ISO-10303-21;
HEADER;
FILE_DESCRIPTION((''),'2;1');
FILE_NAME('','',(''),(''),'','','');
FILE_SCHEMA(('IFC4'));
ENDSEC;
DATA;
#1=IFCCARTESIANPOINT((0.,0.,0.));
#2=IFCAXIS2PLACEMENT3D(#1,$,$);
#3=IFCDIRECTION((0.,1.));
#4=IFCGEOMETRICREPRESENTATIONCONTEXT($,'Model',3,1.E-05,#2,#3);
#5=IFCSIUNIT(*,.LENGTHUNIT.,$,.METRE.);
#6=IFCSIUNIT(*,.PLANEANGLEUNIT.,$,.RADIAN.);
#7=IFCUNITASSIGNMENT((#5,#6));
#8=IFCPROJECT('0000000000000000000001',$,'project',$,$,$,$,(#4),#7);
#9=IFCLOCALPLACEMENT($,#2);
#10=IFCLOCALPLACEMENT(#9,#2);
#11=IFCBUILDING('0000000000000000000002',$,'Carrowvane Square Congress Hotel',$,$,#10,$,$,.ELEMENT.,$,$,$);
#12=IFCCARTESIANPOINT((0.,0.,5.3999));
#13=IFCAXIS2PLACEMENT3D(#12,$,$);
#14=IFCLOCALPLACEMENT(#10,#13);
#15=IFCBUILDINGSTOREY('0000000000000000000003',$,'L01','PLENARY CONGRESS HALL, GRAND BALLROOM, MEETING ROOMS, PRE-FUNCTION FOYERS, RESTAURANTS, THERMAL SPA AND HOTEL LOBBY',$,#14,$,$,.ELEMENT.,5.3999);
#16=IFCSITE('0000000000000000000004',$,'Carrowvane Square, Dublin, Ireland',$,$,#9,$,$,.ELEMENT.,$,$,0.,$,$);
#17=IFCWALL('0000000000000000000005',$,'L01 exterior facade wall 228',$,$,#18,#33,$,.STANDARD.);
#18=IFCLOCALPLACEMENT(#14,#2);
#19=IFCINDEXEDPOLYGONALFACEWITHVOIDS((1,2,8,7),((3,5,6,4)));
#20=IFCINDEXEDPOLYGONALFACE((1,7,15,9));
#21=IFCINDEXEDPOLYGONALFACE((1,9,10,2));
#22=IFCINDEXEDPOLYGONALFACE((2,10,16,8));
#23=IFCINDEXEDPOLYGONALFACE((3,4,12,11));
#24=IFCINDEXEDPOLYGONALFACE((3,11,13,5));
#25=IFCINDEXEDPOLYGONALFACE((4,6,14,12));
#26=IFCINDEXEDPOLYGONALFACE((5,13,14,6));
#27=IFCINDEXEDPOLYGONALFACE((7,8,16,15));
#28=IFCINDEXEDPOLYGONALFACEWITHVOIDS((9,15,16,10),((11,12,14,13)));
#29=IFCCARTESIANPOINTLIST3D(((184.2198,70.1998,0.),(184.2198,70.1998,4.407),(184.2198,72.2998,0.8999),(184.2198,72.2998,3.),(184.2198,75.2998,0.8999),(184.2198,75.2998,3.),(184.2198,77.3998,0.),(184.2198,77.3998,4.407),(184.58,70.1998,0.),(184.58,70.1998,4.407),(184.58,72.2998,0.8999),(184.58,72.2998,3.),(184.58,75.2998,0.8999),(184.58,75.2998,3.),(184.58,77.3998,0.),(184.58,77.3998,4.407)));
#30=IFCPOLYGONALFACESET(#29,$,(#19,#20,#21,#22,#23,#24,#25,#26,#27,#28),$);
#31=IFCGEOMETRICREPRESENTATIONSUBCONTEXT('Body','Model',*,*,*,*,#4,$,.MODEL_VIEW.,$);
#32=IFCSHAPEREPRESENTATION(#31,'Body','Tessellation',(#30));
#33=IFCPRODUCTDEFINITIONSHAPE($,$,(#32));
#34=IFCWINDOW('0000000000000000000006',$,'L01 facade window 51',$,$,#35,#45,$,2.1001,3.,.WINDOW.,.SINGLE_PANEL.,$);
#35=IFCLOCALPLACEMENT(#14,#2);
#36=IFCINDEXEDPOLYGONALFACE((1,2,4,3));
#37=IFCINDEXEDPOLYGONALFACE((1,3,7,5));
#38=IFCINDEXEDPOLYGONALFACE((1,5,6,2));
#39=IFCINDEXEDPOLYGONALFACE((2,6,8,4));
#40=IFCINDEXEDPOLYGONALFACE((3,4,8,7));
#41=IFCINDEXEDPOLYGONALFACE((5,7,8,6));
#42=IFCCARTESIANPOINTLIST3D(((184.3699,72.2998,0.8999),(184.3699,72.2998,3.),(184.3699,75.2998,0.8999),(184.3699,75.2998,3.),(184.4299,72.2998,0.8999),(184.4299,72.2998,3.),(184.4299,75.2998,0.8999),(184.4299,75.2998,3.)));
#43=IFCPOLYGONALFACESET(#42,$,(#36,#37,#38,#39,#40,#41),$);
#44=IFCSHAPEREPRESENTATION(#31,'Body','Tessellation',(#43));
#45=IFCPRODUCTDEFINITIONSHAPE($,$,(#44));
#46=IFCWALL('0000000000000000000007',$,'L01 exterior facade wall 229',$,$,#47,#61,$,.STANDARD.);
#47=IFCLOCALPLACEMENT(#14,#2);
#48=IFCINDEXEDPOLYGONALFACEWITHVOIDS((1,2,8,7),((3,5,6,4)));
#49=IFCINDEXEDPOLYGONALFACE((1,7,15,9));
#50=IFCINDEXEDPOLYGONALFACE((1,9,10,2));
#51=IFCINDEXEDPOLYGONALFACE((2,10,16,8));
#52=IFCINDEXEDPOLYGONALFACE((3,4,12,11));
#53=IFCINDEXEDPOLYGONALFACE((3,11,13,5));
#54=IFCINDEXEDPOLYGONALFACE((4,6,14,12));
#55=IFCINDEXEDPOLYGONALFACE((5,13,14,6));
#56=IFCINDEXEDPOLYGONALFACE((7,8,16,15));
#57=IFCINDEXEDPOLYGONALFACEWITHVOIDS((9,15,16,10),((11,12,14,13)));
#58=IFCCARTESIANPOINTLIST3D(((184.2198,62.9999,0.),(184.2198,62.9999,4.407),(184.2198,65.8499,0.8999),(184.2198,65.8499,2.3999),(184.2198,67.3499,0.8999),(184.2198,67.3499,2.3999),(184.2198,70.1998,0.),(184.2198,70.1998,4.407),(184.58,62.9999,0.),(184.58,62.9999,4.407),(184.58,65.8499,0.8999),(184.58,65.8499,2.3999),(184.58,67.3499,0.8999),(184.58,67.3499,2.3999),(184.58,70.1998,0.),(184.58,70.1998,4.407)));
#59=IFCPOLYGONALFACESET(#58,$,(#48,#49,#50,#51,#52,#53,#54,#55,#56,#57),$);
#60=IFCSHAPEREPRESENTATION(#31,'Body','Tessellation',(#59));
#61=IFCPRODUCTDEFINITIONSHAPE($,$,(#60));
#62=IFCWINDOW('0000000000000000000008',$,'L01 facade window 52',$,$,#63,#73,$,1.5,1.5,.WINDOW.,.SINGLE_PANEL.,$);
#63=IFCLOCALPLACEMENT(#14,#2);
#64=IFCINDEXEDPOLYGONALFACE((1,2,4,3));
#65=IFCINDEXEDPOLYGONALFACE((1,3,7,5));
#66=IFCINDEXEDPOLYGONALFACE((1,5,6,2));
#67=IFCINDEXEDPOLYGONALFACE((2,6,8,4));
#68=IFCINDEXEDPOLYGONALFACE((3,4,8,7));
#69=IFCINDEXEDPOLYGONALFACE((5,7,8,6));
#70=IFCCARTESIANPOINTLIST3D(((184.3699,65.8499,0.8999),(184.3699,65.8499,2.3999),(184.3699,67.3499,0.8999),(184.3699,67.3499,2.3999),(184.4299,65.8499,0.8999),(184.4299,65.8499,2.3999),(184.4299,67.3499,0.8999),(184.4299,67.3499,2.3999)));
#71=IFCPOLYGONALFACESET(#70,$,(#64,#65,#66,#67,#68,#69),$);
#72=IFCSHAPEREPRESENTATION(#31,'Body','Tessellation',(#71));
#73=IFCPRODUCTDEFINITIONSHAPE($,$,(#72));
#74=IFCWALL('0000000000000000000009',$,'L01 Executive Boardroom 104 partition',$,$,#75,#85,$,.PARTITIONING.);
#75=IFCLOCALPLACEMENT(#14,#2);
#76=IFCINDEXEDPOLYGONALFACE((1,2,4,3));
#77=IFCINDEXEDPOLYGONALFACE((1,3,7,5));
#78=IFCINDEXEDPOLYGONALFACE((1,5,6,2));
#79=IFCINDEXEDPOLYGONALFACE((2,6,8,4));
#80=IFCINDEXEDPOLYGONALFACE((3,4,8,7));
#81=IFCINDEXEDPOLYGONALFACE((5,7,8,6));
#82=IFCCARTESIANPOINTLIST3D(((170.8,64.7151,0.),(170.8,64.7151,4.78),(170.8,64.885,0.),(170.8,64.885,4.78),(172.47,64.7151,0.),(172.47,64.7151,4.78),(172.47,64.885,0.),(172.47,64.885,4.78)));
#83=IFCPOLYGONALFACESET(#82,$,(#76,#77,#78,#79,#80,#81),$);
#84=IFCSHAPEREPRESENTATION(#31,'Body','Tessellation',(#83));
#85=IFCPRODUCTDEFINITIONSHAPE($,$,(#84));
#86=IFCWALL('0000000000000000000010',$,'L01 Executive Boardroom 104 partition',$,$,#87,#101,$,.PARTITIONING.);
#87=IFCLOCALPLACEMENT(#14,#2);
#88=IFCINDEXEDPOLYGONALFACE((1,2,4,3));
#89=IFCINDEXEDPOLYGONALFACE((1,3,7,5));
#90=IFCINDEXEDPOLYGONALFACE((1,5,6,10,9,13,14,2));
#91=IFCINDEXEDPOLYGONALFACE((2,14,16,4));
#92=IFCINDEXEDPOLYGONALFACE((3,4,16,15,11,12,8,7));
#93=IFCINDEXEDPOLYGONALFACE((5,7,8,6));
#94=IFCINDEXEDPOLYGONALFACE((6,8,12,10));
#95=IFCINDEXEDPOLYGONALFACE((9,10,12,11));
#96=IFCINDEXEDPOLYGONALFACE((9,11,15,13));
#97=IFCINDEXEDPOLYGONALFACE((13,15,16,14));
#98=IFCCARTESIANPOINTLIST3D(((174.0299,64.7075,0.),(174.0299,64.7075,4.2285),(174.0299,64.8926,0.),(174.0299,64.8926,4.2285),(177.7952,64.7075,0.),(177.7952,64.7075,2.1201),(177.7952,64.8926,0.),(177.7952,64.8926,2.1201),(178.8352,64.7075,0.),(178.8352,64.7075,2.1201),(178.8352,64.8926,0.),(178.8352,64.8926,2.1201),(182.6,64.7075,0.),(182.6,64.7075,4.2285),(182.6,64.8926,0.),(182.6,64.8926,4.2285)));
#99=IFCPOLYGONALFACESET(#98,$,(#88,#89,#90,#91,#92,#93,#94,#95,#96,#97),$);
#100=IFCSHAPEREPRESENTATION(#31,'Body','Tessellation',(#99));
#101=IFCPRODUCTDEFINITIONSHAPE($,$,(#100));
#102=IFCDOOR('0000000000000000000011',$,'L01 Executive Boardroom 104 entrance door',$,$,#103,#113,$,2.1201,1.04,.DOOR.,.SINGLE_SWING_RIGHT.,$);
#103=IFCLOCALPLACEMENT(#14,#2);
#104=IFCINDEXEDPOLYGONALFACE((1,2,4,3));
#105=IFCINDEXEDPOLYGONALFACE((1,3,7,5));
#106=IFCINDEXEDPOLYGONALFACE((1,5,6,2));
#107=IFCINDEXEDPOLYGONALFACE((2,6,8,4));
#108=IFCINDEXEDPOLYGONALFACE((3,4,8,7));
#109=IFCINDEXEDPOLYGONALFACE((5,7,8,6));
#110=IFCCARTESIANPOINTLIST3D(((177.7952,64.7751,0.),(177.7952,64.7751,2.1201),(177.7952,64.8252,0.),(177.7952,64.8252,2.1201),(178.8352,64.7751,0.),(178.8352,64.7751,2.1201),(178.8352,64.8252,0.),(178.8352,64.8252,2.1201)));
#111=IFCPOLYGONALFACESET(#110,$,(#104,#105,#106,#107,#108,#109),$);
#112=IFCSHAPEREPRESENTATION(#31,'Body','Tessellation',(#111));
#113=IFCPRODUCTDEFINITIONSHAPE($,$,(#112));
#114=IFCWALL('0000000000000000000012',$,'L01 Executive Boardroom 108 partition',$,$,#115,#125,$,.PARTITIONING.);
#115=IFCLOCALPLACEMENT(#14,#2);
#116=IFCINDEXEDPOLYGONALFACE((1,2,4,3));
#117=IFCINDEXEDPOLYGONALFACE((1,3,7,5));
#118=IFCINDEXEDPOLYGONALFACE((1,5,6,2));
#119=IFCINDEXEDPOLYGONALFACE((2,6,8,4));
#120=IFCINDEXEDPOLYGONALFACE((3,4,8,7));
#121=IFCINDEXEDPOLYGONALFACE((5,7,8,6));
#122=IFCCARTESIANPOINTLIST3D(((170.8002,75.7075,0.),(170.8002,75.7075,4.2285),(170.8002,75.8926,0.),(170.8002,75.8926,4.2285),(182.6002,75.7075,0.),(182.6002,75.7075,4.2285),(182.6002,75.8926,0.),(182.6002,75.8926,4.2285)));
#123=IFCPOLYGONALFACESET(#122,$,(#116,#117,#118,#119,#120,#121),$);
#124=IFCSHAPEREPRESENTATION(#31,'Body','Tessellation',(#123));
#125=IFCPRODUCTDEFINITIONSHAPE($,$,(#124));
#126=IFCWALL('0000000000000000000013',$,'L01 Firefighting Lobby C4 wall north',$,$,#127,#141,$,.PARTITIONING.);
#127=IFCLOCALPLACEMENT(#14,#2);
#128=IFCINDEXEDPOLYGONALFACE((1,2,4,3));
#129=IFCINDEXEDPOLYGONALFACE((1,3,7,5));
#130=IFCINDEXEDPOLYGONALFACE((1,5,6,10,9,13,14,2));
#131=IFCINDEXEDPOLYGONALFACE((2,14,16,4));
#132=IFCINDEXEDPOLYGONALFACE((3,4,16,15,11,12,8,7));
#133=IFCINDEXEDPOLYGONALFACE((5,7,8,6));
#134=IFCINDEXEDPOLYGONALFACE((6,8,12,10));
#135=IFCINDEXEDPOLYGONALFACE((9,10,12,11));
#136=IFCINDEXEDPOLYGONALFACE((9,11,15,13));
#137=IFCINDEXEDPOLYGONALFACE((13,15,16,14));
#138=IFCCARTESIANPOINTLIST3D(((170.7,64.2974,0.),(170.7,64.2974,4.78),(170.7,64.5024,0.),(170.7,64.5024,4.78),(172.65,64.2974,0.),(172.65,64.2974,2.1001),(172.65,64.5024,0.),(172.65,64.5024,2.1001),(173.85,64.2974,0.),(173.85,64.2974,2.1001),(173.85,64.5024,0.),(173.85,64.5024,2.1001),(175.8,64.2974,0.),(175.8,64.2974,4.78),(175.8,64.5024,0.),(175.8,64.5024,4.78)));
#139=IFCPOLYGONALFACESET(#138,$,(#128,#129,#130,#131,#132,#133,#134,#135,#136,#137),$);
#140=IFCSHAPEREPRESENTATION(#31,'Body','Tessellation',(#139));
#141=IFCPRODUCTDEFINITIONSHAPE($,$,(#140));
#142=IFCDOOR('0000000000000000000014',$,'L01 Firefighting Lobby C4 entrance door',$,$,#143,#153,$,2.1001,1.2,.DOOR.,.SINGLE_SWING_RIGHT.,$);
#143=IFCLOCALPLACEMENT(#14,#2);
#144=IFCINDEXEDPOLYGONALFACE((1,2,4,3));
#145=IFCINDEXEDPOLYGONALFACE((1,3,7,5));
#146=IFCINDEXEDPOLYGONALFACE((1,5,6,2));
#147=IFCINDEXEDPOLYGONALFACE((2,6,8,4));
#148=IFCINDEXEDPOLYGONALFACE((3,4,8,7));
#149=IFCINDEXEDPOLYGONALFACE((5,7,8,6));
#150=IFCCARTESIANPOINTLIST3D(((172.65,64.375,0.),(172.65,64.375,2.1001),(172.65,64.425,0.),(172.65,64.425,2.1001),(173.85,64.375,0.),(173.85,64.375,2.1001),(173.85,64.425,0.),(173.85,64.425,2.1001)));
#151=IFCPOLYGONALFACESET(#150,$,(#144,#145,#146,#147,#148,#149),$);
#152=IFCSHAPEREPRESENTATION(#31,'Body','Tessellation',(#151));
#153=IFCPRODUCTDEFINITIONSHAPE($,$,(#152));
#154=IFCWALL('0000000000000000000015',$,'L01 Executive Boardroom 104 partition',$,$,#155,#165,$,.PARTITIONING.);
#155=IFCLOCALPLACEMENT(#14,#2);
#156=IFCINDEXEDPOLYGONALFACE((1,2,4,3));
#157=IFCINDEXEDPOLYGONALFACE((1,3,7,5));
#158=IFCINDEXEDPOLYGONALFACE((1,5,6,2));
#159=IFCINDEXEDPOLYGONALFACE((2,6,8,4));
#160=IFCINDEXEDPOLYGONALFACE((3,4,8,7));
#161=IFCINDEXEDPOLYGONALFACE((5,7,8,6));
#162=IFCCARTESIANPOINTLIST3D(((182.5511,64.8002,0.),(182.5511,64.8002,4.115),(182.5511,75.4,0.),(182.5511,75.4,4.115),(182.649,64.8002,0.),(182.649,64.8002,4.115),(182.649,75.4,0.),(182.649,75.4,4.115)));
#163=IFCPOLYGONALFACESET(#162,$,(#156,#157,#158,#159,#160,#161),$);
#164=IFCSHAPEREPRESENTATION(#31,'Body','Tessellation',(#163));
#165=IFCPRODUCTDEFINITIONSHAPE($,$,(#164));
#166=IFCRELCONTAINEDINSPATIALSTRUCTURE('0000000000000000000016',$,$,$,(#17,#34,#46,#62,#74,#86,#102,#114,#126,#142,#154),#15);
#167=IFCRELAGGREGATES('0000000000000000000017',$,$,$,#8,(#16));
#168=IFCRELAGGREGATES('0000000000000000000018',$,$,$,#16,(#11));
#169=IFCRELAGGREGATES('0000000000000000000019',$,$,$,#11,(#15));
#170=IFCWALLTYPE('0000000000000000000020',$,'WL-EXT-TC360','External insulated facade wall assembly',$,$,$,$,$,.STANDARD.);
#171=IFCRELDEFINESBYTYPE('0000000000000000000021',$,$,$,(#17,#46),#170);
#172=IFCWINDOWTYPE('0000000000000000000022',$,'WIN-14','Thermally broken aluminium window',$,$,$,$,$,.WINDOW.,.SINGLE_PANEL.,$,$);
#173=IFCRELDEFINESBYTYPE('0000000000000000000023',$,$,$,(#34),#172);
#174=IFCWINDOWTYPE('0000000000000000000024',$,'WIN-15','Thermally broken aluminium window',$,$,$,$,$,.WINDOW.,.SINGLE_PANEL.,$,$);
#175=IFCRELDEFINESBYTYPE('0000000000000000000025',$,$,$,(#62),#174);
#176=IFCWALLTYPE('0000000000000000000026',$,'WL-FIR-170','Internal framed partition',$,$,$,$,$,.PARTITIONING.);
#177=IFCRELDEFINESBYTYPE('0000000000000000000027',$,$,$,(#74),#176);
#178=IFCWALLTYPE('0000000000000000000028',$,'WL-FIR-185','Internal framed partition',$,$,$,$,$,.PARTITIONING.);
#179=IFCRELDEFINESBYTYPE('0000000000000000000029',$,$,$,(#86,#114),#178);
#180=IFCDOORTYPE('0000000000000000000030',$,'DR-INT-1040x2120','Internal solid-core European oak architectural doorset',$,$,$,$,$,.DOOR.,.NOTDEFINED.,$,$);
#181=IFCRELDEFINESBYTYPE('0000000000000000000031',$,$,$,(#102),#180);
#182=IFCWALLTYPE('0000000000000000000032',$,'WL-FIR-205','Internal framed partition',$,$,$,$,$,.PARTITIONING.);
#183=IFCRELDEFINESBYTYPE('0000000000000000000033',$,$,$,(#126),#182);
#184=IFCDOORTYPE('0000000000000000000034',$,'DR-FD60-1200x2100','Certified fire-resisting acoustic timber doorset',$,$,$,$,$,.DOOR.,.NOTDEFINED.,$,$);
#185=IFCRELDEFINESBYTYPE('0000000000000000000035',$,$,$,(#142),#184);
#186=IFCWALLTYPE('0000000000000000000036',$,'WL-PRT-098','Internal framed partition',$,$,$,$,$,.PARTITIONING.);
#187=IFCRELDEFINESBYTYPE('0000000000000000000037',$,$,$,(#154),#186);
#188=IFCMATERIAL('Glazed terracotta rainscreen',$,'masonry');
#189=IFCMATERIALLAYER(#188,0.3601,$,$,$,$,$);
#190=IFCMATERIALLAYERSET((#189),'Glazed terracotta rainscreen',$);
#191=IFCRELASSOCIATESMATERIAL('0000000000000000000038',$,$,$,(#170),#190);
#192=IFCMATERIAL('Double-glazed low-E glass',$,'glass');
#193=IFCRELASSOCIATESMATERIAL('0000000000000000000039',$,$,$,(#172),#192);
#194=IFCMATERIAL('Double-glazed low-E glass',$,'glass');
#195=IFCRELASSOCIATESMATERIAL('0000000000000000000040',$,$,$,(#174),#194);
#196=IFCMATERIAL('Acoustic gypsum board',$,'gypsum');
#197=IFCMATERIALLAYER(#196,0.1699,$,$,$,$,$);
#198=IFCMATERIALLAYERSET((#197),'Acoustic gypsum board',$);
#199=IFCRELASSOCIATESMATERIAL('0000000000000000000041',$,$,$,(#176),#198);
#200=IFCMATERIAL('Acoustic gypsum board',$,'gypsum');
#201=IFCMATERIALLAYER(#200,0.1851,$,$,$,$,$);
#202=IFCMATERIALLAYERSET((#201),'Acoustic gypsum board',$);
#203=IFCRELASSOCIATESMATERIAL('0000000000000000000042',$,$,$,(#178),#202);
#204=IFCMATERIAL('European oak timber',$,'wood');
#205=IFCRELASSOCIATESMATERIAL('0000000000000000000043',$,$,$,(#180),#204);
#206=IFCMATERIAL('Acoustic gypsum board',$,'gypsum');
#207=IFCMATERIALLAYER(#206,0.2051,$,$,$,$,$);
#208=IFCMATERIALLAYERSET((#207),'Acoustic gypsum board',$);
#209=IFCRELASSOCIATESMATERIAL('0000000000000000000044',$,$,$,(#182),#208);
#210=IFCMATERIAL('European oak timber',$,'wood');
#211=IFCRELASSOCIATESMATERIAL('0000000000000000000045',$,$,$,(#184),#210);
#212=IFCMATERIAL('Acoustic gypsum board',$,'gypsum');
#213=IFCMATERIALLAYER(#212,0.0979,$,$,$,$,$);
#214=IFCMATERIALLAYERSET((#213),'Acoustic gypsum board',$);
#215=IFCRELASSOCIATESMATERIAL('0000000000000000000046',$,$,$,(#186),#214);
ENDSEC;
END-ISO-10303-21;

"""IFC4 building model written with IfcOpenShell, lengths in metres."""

from ifc_helpers import new_model, si_unit, direction, frame, frame_2d, origin, place, context, subcontext, project, spatial, rectangle, extrude, material, layer, layer_set, type_object, element, fill, save


model = new_model("IFC4")

# Units and contexts
model_context = context("Model", 3, precision=1e-05, world=origin(), true_north=direction((0.0, 1.0)))
body_context = subcontext(model_context, "Body", "Model", "MODEL_VIEW")
ifc_project = project(units=[si_unit("LENGTHUNIT", "METRE"), si_unit("PLANEANGLEUNIT", "RADIAN")], contexts=[model_context])

# Site, building, storey
site_placement = place(None, origin())
site = spatial("IfcSite", under=ifc_project, at=site_placement, Name="Carrowvane Square, Dublin, Ireland", CompositionType="ELEMENT", RefElevation=0.0)
building_placement = place(site_placement, origin())
building = spatial("IfcBuilding", under=site, at=building_placement, Name="Carrowvane Square Congress Hotel", CompositionType="ELEMENT")
storey_placement = place(building_placement, frame((0.0, 0.0, 5.3999)))
storey = spatial("IfcBuildingStorey", under=building, at=storey_placement, Name="L01", Description="PLENARY CONGRESS HALL, GRAND BALLROOM, MEETING ROOMS, PRE-FUNCTION FOYERS, RESTAURANTS, THERMAL SPA AND HOTEL LOBBY", CompositionType="ELEMENT", Elevation=5.3999)

# Walls, openings, windows
ifc_material_1 = material(Name="Glazed terracotta rainscreen", Category="masonry")
ifc_layer_1 = layer(ifc_material_1, 0.3601)
ifc_layer_set_1 = layer_set([ifc_layer_1], Name="Glazed terracotta rainscreen")
wall_type_1 = type_object("IfcWallType", Name="WL-EXT-TC360", Description="External insulated facade wall assembly", PredefinedType="STANDARD", material=ifc_layer_set_1)
wall_1_placement = place(storey_placement, frame((184.3999, 77.3999, 0.0), z_axis=(0.0, 0.0, 1.0), x_axis=(0.0, -1.0, 0.0)))
wall_1 = element("IfcWall", 1, at=wall_1_placement, inside=storey, type_object=wall_type_1, Name="L01 exterior facade wall 228", PredefinedType="STANDARD", context=body_context, shape_type="SweptSolid", body=[
    extrude(rectangle(XDim=7.2, YDim=0.3601, at=frame_2d((3.6001, 0.0))), origin(), (0.0, 0.0, 1.0), 4.407),
])
opening_1_placement = place(wall_1_placement, frame((2.1001, 0.0, 0.8999)))
opening_1 = element("IfcOpeningElement", 2, at=opening_1_placement, cuts=wall_1, PredefinedType="OPENING", context=body_context, shape_type="SweptSolid", body=[
    extrude(rectangle(XDim=3.0, YDim=2.1001, at=frame_2d((1.5, 1.05))), frame((0.0, 0.1899, 0.0), z_axis=(0.0, -1.0, 0.0), x_axis=(1.0, 0.0, 0.0)), (0.0, 0.0, 1.0), 0.3801),
])
ifc_material_2 = material(Name="Double-glazed low-E glass", Category="glass")
window_type_1 = type_object("IfcWindowType", Name="WIN-14", Description="Thermally broken aluminium window", PartitioningType="SINGLE_PANEL", PredefinedType="WINDOW", material=ifc_material_2)
window_1_placement = place(opening_1_placement, origin())
window_1 = element("IfcWindow", 3, at=window_1_placement, inside=storey, type_object=window_type_1, Name="L01 facade window 51", OverallHeight=2.1001, OverallWidth=3.0, PartitioningType="SINGLE_PANEL", PredefinedType="WINDOW", context=body_context, shape_type="SweptSolid", body=[
    extrude(rectangle(XDim=3.0, YDim=2.1001, at=frame_2d((1.5, 1.05))), frame((0.0, 0.03, 0.0), z_axis=(0.0, -1.0, 0.0), x_axis=(1.0, 0.0, 0.0)), (0.0, 0.0, 1.0), 0.0601),
])
fill(opening_1, window_1)
wall_2_placement = place(storey_placement, frame((184.3999, 70.2, 0.0), z_axis=(0.0, 0.0, 1.0), x_axis=(0.0, -1.0, 0.0)))
wall_2 = element("IfcWall", 4, at=wall_2_placement, inside=storey, type_object=wall_type_1, Name="L01 exterior facade wall 229", PredefinedType="STANDARD", context=body_context, shape_type="SweptSolid", body=[
    extrude(rectangle(XDim=7.2, YDim=0.3601, at=frame_2d((3.6001, 0.0))), origin(), (0.0, 0.0, 1.0), 4.407),
])
opening_2_placement = place(wall_2_placement, frame((2.8501, 0.0, 0.8999)))
opening_2 = element("IfcOpeningElement", 5, at=opening_2_placement, cuts=wall_2, PredefinedType="OPENING", context=body_context, shape_type="SweptSolid", body=[
    extrude(rectangle(XDim=1.5, YDim=1.5, at=frame_2d((0.75, 0.75))), frame((0.0, 0.1899, 0.0), z_axis=(0.0, -1.0, 0.0), x_axis=(1.0, 0.0, 0.0)), (0.0, 0.0, 1.0), 0.3801),
])
ifc_material_3 = material(Name="Double-glazed low-E glass", Category="glass")
window_type_2 = type_object("IfcWindowType", Name="WIN-15", Description="Thermally broken aluminium window", PartitioningType="SINGLE_PANEL", PredefinedType="WINDOW", material=ifc_material_3)
window_2_placement = place(opening_2_placement, origin())
window_2 = element("IfcWindow", 6, at=window_2_placement, inside=storey, type_object=window_type_2, Name="L01 facade window 52", OverallHeight=1.5, OverallWidth=1.5, PartitioningType="SINGLE_PANEL", PredefinedType="WINDOW", context=body_context, shape_type="SweptSolid", body=[
    extrude(rectangle(XDim=1.5, YDim=1.5, at=frame_2d((0.75, 0.75))), frame((0.0, 0.03, 0.0), z_axis=(0.0, -1.0, 0.0), x_axis=(1.0, 0.0, 0.0)), (0.0, 0.0, 1.0), 0.0601),
])
fill(opening_2, window_2)

# Wall
ifc_material_4 = material(Name="Acoustic gypsum board", Category="gypsum")
ifc_layer_2 = layer(ifc_material_4, 0.1699)
ifc_layer_set_2 = layer_set([ifc_layer_2], Name="Acoustic gypsum board")
wall_type_2 = type_object("IfcWallType", Name="WL-FIR-170", Description="Internal framed partition", PredefinedType="PARTITIONING", material=ifc_layer_set_2)
wall_3_placement = place(storey_placement, frame((172.47, 64.8, 0.0), z_axis=(0.0, 0.0, 1.0), x_axis=(-1.0, 0.0, 0.0)))
element("IfcWall", 7, at=wall_3_placement, inside=storey, type_object=wall_type_2, Name="L01 Executive Boardroom 104 partition", PredefinedType="PARTITIONING", context=body_context, shape_type="SweptSolid", body=[
    extrude(rectangle(XDim=1.6699, YDim=0.1699, at=frame_2d((0.835, 0.0))), origin(), (0.0, 0.0, 1.0), 4.78),
])

# Wall, opening, door
ifc_material_5 = material(Name="Acoustic gypsum board", Category="gypsum")
ifc_layer_3 = layer(ifc_material_5, 0.1851)
ifc_layer_set_3 = layer_set([ifc_layer_3], Name="Acoustic gypsum board")
wall_type_3 = type_object("IfcWallType", Name="WL-FIR-185", Description="Internal framed partition", PredefinedType="PARTITIONING", material=ifc_layer_set_3)
wall_4_placement = place(storey_placement, frame((182.6001, 64.8, 0.0), z_axis=(0.0, 0.0, 1.0), x_axis=(-1.0, 0.0, 0.0)))
wall_4 = element("IfcWall", 8, at=wall_4_placement, inside=storey, type_object=wall_type_3, Name="L01 Executive Boardroom 104 partition", PredefinedType="PARTITIONING", context=body_context, shape_type="SweptSolid", body=[
    extrude(rectangle(XDim=8.5701, YDim=0.1851, at=frame_2d((4.2852, 0.0))), origin(), (0.0, 0.0, 1.0), 4.2285),
])
opening_3_placement = place(wall_4_placement, frame((3.7649, 0.0, 0.0)))
opening_3 = element("IfcOpeningElement", 9, at=opening_3_placement, cuts=wall_4, PredefinedType="OPENING", context=body_context, shape_type="SweptSolid", body=[
    extrude(rectangle(XDim=1.04, YDim=2.1201, at=frame_2d((0.52, 1.0601))), frame((0.0, 0.1025, 0.0), z_axis=(0.0, -1.0, 0.0), x_axis=(1.0, 0.0, 0.0)), (0.0, 0.0, 1.0), 0.2051),
])
ifc_material_6 = material(Name="European oak timber", Category="wood")
door_type_1 = type_object("IfcDoorType", Name="DR-INT-1040x2120", Description="Internal solid-core European oak architectural doorset", OperationType="NOTDEFINED", PredefinedType="DOOR", material=ifc_material_6)
door_1_placement = place(opening_3_placement, origin())
door_1 = element("IfcDoor", 10, at=door_1_placement, inside=storey, type_object=door_type_1, Name="L01 Executive Boardroom 104 entrance door", OperationType="SINGLE_SWING_RIGHT", OverallHeight=2.1201, OverallWidth=1.04, PredefinedType="DOOR", context=body_context, shape_type="SweptSolid", body=[
    extrude(rectangle(XDim=1.04, YDim=2.1201, at=frame_2d((0.52, 1.0601))), frame((0.0, 0.0249, 0.0), z_axis=(0.0, -1.0, 0.0), x_axis=(1.0, 0.0, 0.0)), (0.0, 0.0, 1.0), 0.05),
])
fill(opening_3, door_1)

# Wall
wall_5_placement = place(storey_placement, frame((182.6001, 75.8, 0.0), z_axis=(0.0, 0.0, 1.0), x_axis=(-1.0, 0.0, 0.0)))
element("IfcWall", 11, at=wall_5_placement, inside=storey, type_object=wall_type_3, Name="L01 Executive Boardroom 108 partition", PredefinedType="PARTITIONING", context=body_context, shape_type="SweptSolid", body=[
    extrude(rectangle(XDim=11.8, YDim=0.1851, at=frame_2d((5.8999, 0.0))), origin(), (0.0, 0.0, 1.0), 4.2285),
])

# Wall, opening, door
ifc_material_7 = material(Name="Acoustic gypsum board", Category="gypsum")
ifc_layer_4 = layer(ifc_material_7, 0.2051)
ifc_layer_set_4 = layer_set([ifc_layer_4], Name="Acoustic gypsum board")
wall_type_4 = type_object("IfcWallType", Name="WL-FIR-205", Description="Internal framed partition", PredefinedType="PARTITIONING", material=ifc_layer_set_4)
wall_6_placement = place(storey_placement, frame((175.8, 64.3999, 0.0), z_axis=(0.0, 0.0, 1.0), x_axis=(-1.0, 0.0, 0.0)))
wall_6 = element("IfcWall", 12, at=wall_6_placement, inside=storey, type_object=wall_type_4, Name="L01 Firefighting Lobby C4 wall north", PredefinedType="PARTITIONING", context=body_context, shape_type="SweptSolid", body=[
    extrude(rectangle(XDim=5.1001, YDim=0.2051, at=frame_2d((2.55, 0.0))), origin(), (0.0, 0.0, 1.0), 4.78),
])
opening_4_placement = place(wall_6_placement, frame((1.95, 0.0, 0.0)))
opening_4 = element("IfcOpeningElement", 13, at=opening_4_placement, cuts=wall_6, PredefinedType="OPENING", context=body_context, shape_type="SweptSolid", body=[
    extrude(rectangle(XDim=1.2, YDim=2.1001, at=frame_2d((0.6001, 1.05))), frame((0.0, 0.1125, 0.0), z_axis=(0.0, -1.0, 0.0), x_axis=(1.0, 0.0, 0.0)), (0.0, 0.0, 1.0), 0.2251),
])
ifc_material_8 = material(Name="European oak timber", Category="wood")
door_type_2 = type_object("IfcDoorType", Name="DR-FD60-1200x2100", Description="Certified fire-resisting acoustic timber doorset", OperationType="NOTDEFINED", PredefinedType="DOOR", material=ifc_material_8)
door_2_placement = place(opening_4_placement, origin())
door_2 = element("IfcDoor", 14, at=door_2_placement, inside=storey, type_object=door_type_2, Name="L01 Firefighting Lobby C4 entrance door", OperationType="SINGLE_SWING_RIGHT", OverallHeight=2.1001, OverallWidth=1.2, PredefinedType="DOOR", context=body_context, shape_type="SweptSolid", body=[
    extrude(rectangle(XDim=1.2, YDim=2.1001, at=frame_2d((0.6001, 1.05))), frame((0.0, 0.0249, 0.0), z_axis=(0.0, -1.0, 0.0), x_axis=(1.0, 0.0, 0.0)), (0.0, 0.0, 1.0), 0.05),
])
fill(opening_4, door_2)

# Wall
ifc_material_9 = material(Name="Acoustic gypsum board", Category="gypsum")
ifc_layer_5 = layer(ifc_material_9, 0.0979)
ifc_layer_set_5 = layer_set([ifc_layer_5], Name="Acoustic gypsum board")
wall_type_5 = type_object("IfcWallType", Name="WL-PRT-098", Description="Internal framed partition", PredefinedType="PARTITIONING", material=ifc_layer_set_5)
wall_7_placement = place(storey_placement, frame((182.6001, 75.3999, 0.0), z_axis=(0.0, 0.0, 1.0), x_axis=(0.0, -1.0, 0.0)))
element("IfcWall", 15, at=wall_7_placement, inside=storey, type_object=wall_type_5, Name="L01 Executive Boardroom 104 partition", PredefinedType="PARTITIONING", context=body_context, shape_type="SweptSolid", body=[
    extrude(rectangle(XDim=10.5999, YDim=0.0979, at=frame_2d((5.2998, 0.0))), origin(), (0.0, 0.0, 1.0), 4.115),
])

save(model, "model.ifc")
